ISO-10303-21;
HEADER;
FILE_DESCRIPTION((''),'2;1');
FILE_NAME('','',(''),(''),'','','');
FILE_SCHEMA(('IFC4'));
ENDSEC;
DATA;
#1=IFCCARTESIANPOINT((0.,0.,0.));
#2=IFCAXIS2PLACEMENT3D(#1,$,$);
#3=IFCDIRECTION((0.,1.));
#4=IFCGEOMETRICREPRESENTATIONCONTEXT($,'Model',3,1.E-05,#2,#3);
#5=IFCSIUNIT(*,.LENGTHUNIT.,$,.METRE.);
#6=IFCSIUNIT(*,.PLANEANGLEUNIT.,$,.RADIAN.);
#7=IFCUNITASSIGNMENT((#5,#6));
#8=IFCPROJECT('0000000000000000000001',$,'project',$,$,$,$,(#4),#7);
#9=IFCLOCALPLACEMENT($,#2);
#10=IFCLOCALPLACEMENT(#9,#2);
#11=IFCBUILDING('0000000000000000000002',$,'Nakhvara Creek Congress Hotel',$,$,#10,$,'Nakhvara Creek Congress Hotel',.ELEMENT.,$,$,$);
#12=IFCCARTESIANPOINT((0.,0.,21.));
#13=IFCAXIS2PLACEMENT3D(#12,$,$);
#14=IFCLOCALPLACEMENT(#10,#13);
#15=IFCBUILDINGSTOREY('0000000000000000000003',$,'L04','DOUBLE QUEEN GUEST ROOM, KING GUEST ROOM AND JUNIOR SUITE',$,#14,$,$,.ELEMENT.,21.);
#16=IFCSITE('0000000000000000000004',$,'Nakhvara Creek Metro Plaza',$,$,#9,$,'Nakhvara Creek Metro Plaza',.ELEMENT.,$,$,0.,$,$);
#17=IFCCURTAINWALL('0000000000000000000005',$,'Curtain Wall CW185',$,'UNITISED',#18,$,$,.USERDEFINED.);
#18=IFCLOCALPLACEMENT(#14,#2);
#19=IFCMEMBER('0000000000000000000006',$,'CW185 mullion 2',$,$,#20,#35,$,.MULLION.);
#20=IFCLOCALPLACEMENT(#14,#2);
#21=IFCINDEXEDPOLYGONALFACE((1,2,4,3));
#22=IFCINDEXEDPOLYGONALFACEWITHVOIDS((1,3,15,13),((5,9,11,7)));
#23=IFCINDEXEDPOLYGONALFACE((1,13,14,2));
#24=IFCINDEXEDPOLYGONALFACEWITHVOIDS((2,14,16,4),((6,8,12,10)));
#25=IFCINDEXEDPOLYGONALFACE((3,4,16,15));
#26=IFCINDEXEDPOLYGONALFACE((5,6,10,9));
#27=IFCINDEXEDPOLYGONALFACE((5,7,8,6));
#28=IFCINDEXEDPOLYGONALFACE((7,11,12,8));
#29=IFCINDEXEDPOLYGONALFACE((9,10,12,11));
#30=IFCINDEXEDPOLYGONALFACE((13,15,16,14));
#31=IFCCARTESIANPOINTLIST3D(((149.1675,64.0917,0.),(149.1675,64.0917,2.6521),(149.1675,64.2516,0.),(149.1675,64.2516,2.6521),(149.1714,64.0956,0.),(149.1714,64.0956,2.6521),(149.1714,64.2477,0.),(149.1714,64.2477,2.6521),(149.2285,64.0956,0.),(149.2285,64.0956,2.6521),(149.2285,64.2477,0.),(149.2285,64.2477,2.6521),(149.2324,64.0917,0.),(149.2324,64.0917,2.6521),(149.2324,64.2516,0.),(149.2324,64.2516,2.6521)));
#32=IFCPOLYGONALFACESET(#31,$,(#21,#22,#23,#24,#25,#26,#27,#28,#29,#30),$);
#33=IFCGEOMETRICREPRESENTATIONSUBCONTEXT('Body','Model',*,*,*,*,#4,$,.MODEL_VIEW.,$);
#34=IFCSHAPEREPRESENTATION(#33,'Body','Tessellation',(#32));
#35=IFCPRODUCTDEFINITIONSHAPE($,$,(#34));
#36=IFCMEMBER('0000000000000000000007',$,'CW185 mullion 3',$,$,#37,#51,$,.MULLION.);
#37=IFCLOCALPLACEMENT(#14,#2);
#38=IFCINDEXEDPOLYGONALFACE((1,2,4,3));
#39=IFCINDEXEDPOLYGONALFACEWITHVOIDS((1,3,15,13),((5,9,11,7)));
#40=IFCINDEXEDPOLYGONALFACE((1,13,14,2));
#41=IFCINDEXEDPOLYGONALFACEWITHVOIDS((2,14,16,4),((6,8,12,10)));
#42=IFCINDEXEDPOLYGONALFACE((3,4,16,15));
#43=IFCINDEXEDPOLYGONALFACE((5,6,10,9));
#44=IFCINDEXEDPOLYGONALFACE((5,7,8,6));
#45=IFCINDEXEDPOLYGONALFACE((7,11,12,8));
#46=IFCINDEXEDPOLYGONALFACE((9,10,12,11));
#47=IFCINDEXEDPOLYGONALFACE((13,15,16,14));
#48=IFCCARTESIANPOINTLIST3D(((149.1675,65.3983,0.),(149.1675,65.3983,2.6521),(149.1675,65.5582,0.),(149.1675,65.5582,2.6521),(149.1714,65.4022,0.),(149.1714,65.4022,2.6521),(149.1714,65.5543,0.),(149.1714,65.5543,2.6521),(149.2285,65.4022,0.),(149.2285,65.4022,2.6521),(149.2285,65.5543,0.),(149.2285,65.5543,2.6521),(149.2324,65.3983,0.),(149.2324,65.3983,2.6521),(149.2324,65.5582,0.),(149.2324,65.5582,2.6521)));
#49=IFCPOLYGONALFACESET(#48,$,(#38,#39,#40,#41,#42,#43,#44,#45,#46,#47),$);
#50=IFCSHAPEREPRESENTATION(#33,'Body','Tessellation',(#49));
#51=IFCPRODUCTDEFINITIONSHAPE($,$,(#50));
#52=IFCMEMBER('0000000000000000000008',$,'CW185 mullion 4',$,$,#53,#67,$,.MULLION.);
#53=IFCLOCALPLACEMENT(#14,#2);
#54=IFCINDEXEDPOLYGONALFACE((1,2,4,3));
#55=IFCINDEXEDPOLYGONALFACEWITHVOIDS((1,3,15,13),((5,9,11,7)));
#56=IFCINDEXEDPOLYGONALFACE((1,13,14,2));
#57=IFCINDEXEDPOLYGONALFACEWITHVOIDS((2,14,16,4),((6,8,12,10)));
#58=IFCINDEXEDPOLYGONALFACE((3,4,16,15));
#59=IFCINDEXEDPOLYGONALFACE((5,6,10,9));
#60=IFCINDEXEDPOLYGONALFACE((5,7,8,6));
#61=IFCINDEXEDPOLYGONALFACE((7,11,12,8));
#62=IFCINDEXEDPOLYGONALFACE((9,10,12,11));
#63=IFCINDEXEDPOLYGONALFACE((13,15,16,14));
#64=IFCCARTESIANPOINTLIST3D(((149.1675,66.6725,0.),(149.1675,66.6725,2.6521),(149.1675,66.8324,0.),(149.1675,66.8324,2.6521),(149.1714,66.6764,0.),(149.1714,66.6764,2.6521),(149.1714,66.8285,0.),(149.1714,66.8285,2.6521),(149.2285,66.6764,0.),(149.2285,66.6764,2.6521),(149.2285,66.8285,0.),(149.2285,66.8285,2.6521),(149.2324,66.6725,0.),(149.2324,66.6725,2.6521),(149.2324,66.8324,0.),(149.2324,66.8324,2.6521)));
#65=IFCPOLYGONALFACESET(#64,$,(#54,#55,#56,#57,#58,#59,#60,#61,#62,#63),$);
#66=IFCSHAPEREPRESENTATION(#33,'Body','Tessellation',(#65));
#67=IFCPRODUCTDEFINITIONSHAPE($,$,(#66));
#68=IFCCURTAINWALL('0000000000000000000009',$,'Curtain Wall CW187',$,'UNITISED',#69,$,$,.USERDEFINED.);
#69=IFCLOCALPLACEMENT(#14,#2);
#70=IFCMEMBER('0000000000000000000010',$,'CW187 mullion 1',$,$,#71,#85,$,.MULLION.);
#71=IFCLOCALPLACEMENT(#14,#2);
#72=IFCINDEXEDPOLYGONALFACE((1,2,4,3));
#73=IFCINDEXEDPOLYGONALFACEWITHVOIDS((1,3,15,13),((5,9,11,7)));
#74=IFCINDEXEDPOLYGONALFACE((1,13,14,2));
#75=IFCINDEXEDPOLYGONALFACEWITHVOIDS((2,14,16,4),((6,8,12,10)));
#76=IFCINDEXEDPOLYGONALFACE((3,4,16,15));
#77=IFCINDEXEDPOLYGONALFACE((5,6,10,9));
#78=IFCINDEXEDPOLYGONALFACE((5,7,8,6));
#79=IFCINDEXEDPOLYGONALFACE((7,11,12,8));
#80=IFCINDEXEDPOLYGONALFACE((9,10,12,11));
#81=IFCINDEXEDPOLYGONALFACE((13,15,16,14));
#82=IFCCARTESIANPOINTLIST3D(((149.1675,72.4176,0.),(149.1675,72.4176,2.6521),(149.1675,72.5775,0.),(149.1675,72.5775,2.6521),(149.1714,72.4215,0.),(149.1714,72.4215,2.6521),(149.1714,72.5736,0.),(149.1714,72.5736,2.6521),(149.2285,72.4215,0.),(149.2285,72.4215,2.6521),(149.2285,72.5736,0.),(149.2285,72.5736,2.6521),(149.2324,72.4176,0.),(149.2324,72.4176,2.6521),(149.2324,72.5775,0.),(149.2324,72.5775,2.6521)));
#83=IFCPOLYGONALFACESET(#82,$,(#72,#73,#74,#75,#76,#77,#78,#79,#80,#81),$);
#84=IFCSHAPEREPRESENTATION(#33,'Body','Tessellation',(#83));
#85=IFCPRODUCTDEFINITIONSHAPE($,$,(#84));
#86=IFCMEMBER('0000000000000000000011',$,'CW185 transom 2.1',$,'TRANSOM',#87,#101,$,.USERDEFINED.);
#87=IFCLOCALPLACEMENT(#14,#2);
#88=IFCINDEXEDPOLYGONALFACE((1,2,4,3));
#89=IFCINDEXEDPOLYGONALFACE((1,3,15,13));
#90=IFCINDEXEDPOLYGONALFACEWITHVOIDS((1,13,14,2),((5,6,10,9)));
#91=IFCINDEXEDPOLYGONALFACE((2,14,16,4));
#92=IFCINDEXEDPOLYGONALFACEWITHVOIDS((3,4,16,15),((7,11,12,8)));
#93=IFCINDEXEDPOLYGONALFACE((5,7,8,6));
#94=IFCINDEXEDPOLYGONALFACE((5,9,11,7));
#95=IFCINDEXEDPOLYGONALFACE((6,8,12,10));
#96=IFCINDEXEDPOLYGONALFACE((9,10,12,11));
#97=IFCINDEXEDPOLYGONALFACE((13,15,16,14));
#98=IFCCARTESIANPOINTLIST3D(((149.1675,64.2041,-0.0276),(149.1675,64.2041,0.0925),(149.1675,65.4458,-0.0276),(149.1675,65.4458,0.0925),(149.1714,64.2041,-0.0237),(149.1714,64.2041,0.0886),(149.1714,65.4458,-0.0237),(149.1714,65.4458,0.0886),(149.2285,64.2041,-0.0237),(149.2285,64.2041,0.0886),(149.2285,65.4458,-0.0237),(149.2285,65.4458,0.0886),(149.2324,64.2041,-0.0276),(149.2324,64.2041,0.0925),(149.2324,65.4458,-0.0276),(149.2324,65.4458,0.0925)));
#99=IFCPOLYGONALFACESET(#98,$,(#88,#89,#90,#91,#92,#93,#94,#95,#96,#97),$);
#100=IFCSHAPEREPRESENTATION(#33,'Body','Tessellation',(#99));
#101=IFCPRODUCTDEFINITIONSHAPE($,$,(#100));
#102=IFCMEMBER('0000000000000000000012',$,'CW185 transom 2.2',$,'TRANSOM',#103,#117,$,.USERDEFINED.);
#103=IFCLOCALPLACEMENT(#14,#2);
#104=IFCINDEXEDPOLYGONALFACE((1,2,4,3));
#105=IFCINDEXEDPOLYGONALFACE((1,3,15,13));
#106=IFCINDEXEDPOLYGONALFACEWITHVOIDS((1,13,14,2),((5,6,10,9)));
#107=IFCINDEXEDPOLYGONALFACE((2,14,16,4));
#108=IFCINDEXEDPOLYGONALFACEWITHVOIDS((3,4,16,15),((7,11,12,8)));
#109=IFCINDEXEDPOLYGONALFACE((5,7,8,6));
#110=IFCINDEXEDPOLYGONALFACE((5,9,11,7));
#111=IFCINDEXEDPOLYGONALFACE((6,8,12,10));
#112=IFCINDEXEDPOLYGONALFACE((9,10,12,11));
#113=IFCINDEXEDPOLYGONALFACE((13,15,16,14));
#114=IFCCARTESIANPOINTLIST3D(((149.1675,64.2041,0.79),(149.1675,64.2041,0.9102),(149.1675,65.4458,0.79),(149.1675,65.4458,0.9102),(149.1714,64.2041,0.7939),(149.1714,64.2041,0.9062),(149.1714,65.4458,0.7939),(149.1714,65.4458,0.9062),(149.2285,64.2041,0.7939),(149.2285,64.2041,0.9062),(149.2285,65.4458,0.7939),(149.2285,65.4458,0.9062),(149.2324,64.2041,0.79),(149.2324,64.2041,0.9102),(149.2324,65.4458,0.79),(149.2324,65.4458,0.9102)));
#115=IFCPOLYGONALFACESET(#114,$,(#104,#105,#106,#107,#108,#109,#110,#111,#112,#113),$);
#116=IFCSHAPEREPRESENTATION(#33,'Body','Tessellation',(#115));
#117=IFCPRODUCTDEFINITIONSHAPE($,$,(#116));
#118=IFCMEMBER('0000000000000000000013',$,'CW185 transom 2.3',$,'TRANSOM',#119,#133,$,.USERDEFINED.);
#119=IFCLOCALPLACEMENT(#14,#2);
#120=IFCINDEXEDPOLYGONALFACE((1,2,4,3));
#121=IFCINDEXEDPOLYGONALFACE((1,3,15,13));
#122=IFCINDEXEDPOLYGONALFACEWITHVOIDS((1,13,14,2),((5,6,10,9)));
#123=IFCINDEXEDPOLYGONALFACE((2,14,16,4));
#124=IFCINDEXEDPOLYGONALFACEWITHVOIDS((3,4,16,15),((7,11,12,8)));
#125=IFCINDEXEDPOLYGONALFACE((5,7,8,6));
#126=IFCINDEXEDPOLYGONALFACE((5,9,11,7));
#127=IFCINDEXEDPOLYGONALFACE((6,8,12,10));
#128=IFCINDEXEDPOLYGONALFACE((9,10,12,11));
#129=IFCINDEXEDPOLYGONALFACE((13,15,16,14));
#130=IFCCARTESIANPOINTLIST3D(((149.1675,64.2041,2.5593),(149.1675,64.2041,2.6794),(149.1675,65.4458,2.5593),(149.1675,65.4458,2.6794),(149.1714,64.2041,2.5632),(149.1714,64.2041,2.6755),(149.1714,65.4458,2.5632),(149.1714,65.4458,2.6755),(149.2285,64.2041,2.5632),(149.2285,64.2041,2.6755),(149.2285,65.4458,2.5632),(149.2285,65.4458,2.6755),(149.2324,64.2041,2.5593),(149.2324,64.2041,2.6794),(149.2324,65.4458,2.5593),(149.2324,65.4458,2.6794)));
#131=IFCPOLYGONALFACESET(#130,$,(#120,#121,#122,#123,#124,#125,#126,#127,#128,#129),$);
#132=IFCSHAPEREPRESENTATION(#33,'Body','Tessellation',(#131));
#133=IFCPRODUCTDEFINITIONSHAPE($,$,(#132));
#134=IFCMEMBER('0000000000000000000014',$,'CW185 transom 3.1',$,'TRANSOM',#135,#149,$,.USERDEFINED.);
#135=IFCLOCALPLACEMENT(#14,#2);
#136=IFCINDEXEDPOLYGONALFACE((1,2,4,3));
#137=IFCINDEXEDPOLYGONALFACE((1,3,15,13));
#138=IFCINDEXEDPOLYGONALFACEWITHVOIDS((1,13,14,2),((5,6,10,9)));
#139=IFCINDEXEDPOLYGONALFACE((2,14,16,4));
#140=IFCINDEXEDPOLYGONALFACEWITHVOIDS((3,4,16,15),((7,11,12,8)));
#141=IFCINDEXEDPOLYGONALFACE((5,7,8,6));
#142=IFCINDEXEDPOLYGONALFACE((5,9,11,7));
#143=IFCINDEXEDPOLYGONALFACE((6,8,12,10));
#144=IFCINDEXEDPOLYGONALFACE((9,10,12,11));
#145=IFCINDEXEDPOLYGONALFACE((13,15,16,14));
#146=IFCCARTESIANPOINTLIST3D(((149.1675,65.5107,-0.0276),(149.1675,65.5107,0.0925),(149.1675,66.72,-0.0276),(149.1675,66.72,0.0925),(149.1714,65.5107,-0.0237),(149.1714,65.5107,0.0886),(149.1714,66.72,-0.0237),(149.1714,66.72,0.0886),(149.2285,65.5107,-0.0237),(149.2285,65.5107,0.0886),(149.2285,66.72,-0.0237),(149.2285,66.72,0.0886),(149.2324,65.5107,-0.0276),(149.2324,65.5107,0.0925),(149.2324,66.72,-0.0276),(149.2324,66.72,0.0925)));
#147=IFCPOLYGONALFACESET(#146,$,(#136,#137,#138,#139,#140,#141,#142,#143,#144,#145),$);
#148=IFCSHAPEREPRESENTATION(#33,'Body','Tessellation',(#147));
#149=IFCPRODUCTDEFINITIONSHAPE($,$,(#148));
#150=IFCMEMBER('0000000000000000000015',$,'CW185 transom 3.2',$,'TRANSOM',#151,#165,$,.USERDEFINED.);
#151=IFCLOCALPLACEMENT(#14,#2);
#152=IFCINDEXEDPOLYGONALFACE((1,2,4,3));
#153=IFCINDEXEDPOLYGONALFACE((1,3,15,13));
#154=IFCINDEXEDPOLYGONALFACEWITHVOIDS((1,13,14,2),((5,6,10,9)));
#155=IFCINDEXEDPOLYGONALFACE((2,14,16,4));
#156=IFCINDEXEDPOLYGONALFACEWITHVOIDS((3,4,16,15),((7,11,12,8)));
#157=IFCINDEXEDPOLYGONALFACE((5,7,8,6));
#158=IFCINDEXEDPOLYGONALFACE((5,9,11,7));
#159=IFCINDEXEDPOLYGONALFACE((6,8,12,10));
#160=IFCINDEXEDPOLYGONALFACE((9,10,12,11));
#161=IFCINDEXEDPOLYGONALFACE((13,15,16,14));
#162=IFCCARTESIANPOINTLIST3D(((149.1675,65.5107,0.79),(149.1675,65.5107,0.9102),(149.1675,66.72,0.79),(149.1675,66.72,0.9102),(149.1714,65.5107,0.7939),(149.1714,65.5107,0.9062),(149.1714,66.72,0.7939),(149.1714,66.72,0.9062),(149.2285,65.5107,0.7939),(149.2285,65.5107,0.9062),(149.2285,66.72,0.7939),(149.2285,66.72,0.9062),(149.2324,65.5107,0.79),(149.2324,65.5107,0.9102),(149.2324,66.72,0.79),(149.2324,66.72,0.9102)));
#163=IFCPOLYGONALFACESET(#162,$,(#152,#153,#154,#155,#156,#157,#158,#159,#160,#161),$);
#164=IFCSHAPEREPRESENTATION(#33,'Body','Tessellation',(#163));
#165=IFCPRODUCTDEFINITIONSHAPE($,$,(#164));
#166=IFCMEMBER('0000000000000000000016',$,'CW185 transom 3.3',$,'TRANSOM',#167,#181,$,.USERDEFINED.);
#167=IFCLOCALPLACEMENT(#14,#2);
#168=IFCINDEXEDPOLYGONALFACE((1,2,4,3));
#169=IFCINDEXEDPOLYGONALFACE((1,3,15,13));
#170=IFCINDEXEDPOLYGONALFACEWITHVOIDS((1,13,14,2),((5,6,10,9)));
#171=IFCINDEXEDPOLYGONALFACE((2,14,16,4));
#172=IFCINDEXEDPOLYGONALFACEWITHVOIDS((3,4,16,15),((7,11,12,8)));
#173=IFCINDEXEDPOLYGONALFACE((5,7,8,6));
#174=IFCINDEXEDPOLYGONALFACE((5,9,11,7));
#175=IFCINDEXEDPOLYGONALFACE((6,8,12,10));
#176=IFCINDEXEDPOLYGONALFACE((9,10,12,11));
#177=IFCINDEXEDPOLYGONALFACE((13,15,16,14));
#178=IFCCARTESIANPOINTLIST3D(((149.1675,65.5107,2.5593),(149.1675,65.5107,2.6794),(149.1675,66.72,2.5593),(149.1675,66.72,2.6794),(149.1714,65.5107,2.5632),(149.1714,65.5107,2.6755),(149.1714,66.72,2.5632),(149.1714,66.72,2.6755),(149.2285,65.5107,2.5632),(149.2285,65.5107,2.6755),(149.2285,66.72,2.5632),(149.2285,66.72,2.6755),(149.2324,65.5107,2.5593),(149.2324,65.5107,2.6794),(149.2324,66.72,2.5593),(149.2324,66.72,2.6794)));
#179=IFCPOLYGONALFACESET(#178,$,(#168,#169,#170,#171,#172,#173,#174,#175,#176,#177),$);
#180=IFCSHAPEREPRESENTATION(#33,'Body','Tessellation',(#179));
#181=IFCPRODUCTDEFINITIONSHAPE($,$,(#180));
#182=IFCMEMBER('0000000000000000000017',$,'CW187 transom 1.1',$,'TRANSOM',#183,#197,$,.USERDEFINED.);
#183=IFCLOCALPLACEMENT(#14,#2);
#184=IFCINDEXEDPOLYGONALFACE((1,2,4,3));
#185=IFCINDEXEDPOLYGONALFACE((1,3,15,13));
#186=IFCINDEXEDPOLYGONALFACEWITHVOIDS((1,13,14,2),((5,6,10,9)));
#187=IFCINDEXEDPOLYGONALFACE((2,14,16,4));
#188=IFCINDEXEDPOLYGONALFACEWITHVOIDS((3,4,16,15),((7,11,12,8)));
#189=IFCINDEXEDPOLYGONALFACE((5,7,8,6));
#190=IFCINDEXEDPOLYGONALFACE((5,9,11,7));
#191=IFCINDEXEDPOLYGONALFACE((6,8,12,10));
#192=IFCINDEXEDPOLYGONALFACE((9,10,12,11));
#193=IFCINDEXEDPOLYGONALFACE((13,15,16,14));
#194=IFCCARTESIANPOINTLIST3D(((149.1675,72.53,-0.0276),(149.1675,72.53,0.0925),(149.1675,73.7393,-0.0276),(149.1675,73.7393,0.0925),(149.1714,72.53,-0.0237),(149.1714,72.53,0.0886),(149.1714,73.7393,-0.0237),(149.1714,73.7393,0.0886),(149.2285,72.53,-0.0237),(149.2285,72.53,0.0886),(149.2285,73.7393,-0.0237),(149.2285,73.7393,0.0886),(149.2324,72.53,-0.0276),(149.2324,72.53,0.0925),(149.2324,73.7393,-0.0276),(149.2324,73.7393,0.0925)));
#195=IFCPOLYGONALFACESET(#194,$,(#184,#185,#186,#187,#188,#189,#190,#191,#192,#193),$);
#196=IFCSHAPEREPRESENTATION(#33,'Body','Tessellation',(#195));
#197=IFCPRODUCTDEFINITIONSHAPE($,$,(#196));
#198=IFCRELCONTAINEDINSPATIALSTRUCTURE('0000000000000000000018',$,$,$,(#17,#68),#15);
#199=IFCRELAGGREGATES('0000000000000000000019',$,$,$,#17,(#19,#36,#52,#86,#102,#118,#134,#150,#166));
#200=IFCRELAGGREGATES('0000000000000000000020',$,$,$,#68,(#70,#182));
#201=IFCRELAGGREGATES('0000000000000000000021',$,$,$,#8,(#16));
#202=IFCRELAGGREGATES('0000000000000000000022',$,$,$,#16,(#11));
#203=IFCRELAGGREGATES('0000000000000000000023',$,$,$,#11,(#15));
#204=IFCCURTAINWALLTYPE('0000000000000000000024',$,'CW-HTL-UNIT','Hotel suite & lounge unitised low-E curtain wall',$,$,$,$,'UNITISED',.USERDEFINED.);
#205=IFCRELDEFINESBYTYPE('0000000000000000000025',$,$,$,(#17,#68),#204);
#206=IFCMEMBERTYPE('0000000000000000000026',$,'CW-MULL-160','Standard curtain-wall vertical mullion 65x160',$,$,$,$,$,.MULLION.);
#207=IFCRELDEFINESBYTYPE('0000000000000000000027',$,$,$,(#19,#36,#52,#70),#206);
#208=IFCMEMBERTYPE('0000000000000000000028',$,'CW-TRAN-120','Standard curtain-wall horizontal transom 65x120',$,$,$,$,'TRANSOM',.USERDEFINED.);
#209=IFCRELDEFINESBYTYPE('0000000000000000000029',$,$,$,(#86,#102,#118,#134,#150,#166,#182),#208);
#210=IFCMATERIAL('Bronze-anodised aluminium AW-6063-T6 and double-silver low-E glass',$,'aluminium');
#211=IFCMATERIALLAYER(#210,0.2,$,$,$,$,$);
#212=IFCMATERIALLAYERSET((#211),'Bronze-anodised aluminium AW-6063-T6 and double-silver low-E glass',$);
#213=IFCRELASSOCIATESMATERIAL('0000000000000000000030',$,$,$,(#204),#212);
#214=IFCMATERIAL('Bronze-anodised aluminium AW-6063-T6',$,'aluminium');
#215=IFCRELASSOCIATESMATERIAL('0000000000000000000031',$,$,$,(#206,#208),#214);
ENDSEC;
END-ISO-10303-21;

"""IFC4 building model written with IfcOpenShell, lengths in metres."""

from ifc_helpers import new_model, si_unit, direction, frame, origin, origin_2d, place, context, subcontext, project, spatial, hollow_rectangle, extrude, material, layer, layer_set, material_profile, profile_set, type_object, element, aggregate, save


model = new_model("IFC4")

# Units and contexts
model_context = context("Model", 3, precision=1e-05, world=origin(), true_north=direction((0.0, 1.0)))
body_context = subcontext(model_context, "Body", "Model", "MODEL_VIEW")
ifc_project = project(units=[si_unit("LENGTHUNIT", "METRE"), si_unit("PLANEANGLEUNIT", "RADIAN")], contexts=[model_context])

# Site, building, storey
site_placement = place(None, origin())
site = spatial("IfcSite", under=ifc_project, at=site_placement, Name="Nakhvara Creek Metro Plaza", LongName="Nakhvara Creek Metro Plaza", CompositionType="ELEMENT", RefElevation=0.0)
building_placement = place(site_placement, origin())
building = spatial("IfcBuilding", under=site, at=building_placement, Name="Nakhvara Creek Congress Hotel", LongName="Nakhvara Creek Congress Hotel", CompositionType="ELEMENT")
storey_placement = place(building_placement, frame((0.0, 0.0, 21.0)))
storey = spatial("IfcBuildingStorey", under=building, at=storey_placement, Name="L04", Description="DOUBLE QUEEN GUEST ROOM, KING GUEST ROOM AND JUNIOR SUITE", CompositionType="ELEMENT", Elevation=21.0)

# Curtain wall, members
ifc_material_1 = material(Name="Bronze-anodised aluminium AW-6063-T6 and double-silver low-E glass", Category="aluminium")
ifc_layer = layer(ifc_material_1, 0.2)
ifc_layer_set = layer_set([ifc_layer], Name="Bronze-anodised aluminium AW-6063-T6 and double-silver low-E glass")
curtain_wall_type = type_object("IfcCurtainWallType", Name="CW-HTL-UNIT", Description="Hotel suite & lounge unitised low-E curtain wall", ElementType="UNITISED", PredefinedType="USERDEFINED", material=ifc_layer_set)
curtain_wall_1_placement = place(storey_placement, origin())
curtain_wall_1 = element("IfcCurtainWall", 1, at=curtain_wall_1_placement, inside=storey, type_object=curtain_wall_type, Name="Curtain Wall CW185", ObjectType="UNITISED", PredefinedType="USERDEFINED")
ifc_material_2 = material(Name="Bronze-anodised aluminium AW-6063-T6", Category="aluminium")
ifc_material_profile_1 = material_profile(ifc_material_2, hollow_rectangle(XDim=0.0649, YDim=0.1599, WallThickness=0.0039, at=origin_2d()), Name="ALU-MULL 65x160x4", Category="LoadBearing")
ifc_profile_set_1 = profile_set([ifc_material_profile_1], Name="Bronze-anodised aluminium AW-6063-T6")
member_type_1 = type_object("IfcMemberType", Name="CW-MULL-160", Description="Standard curtain-wall vertical mullion 65x160", PredefinedType="MULLION", material=ifc_profile_set_1)
member_1_placement = place(storey_placement, frame((149.2, 64.1716, 0.0), z_axis=(0.0, 0.0, 1.0), x_axis=(-1.0, 0.0, 0.0)))
member_1 = element("IfcMember", 2, at=member_1_placement, type_object=member_type_1, Name="CW185 mullion 2", PredefinedType="MULLION", context=body_context, shape_type="SweptSolid", body=[
    extrude(hollow_rectangle(XDim=0.0649, YDim=0.1599, WallThickness=0.0039, at=origin_2d()), origin(), (0.0, 0.0, 1.0), 2.6521),
])
member_2_placement = place(storey_placement, frame((149.2, 65.4783, 0.0), z_axis=(0.0, 0.0, 1.0), x_axis=(-1.0, 0.0, 0.0)))
member_2 = element("IfcMember", 3, at=member_2_placement, type_object=member_type_1, Name="CW185 mullion 3", PredefinedType="MULLION", context=body_context, shape_type="SweptSolid", body=[
    extrude(hollow_rectangle(XDim=0.0649, YDim=0.1599, WallThickness=0.0039, at=origin_2d()), origin(), (0.0, 0.0, 1.0), 2.6521),
])
member_3_placement = place(storey_placement, frame((149.2, 66.7524, 0.0), z_axis=(0.0, 0.0, 1.0), x_axis=(-1.0, 0.0, 0.0)))
member_3 = element("IfcMember", 4, at=member_3_placement, type_object=member_type_1, Name="CW185 mullion 4", PredefinedType="MULLION", context=body_context, shape_type="SweptSolid", body=[
    extrude(hollow_rectangle(XDim=0.0649, YDim=0.1599, WallThickness=0.0039, at=origin_2d()), origin(), (0.0, 0.0, 1.0), 2.6521),
])

# Curtain wall, member
curtain_wall_2_placement = place(storey_placement, origin())
curtain_wall_2 = element("IfcCurtainWall", 5, at=curtain_wall_2_placement, inside=storey, type_object=curtain_wall_type, Name="Curtain Wall CW187", ObjectType="UNITISED", PredefinedType="USERDEFINED")
member_4_placement = place(storey_placement, frame((149.2, 72.4976, 0.0), z_axis=(0.0, 0.0, 1.0), x_axis=(-1.0, 0.0, 0.0)))
member_4 = element("IfcMember", 6, at=member_4_placement, type_object=member_type_1, Name="CW187 mullion 1", PredefinedType="MULLION", context=body_context, shape_type="SweptSolid", body=[
    extrude(hollow_rectangle(XDim=0.0649, YDim=0.1599, WallThickness=0.0039, at=origin_2d()), origin(), (0.0, 0.0, 1.0), 2.6521),
])

# Members
ifc_material_profile_2 = material_profile(ifc_material_2, hollow_rectangle(XDim=0.0649, YDim=0.1201, WallThickness=0.0039, at=origin_2d()), Name="ALU-TRAN 65x120x4", Category="LoadBearing")
ifc_profile_set_2 = profile_set([ifc_material_profile_2], Name="Bronze-anodised aluminium AW-6063-T6")
member_type_2 = type_object("IfcMemberType", Name="CW-TRAN-120", Description="Standard curtain-wall horizontal transom 65x120", ElementType="TRANSOM", PredefinedType="USERDEFINED", material=ifc_profile_set_2)
member_5_placement = place(storey_placement, frame((149.2, 64.2041, 0.0325), z_axis=(0.0, 1.0, 0.0), x_axis=(-1.0, 0.0, 0.0)))
member_5 = element("IfcMember", 7, at=member_5_placement, type_object=member_type_2, Name="CW185 transom 2.1", ObjectType="TRANSOM", PredefinedType="USERDEFINED", context=body_context, shape_type="SweptSolid", body=[
    extrude(hollow_rectangle(XDim=0.0649, YDim=0.1201, WallThickness=0.0039, at=origin_2d()), origin(), (0.0, 0.0, 1.0), 1.2417),
])
member_6_placement = place(storey_placement, frame((149.2, 64.2041, 0.8501), z_axis=(0.0, 1.0, 0.0), x_axis=(-1.0, 0.0, 0.0)))
member_6 = element("IfcMember", 8, at=member_6_placement, type_object=member_type_2, Name="CW185 transom 2.2", ObjectType="TRANSOM", PredefinedType="USERDEFINED", context=body_context, shape_type="SweptSolid", body=[
    extrude(hollow_rectangle(XDim=0.0649, YDim=0.1201, WallThickness=0.0039, at=origin_2d()), origin(), (0.0, 0.0, 1.0), 1.2417),
])
member_7_placement = place(storey_placement, frame((149.2, 64.2041, 2.6194), z_axis=(0.0, 1.0, 0.0), x_axis=(-1.0, 0.0, 0.0)))
member_7 = element("IfcMember", 9, at=member_7_placement, type_object=member_type_2, Name="CW185 transom 2.3", ObjectType="TRANSOM", PredefinedType="USERDEFINED", context=body_context, shape_type="SweptSolid", body=[
    extrude(hollow_rectangle(XDim=0.0649, YDim=0.1201, WallThickness=0.0039, at=origin_2d()), origin(), (0.0, 0.0, 1.0), 1.2417),
])
member_8_placement = place(storey_placement, frame((149.2, 65.5107, 0.0325), z_axis=(0.0, 1.0, 0.0), x_axis=(-1.0, 0.0, 0.0)))
member_8 = element("IfcMember", 10, at=member_8_placement, type_object=member_type_2, Name="CW185 transom 3.1", ObjectType="TRANSOM", PredefinedType="USERDEFINED", context=body_context, shape_type="SweptSolid", body=[
    extrude(hollow_rectangle(XDim=0.0649, YDim=0.1201, WallThickness=0.0039, at=origin_2d()), origin(), (0.0, 0.0, 1.0), 1.2092),
])
member_9_placement = place(storey_placement, frame((149.2, 65.5107, 0.8501), z_axis=(0.0, 1.0, 0.0), x_axis=(-1.0, 0.0, 0.0)))
member_9 = element("IfcMember", 11, at=member_9_placement, type_object=member_type_2, Name="CW185 transom 3.2", ObjectType="TRANSOM", PredefinedType="USERDEFINED", context=body_context, shape_type="SweptSolid", body=[
    extrude(hollow_rectangle(XDim=0.0649, YDim=0.1201, WallThickness=0.0039, at=origin_2d()), origin(), (0.0, 0.0, 1.0), 1.2092),
])
member_10_placement = place(storey_placement, frame((149.2, 65.5107, 2.6194), z_axis=(0.0, 1.0, 0.0), x_axis=(-1.0, 0.0, 0.0)))
member_10 = element("IfcMember", 12, at=member_10_placement, type_object=member_type_2, Name="CW185 transom 3.3", ObjectType="TRANSOM", PredefinedType="USERDEFINED", context=body_context, shape_type="SweptSolid", body=[
    extrude(hollow_rectangle(XDim=0.0649, YDim=0.1201, WallThickness=0.0039, at=origin_2d()), origin(), (0.0, 0.0, 1.0), 1.2092),
])
member_11_placement = place(storey_placement, frame((149.2, 72.53, 0.0325), z_axis=(0.0, 1.0, 0.0), x_axis=(-1.0, 0.0, 0.0)))
member_11 = element("IfcMember", 13, at=member_11_placement, type_object=member_type_2, Name="CW187 transom 1.1", ObjectType="TRANSOM", PredefinedType="USERDEFINED", context=body_context, shape_type="SweptSolid", body=[
    extrude(hollow_rectangle(XDim=0.0649, YDim=0.1201, WallThickness=0.0039, at=origin_2d()), origin(), (0.0, 0.0, 1.0), 1.2092),
])

aggregate(curtain_wall_1, [member_1, member_2, member_3, member_5, member_6, member_7, member_8, member_9, member_10])
aggregate(curtain_wall_2, [member_4, member_11])

save(model, "model.ifc")
